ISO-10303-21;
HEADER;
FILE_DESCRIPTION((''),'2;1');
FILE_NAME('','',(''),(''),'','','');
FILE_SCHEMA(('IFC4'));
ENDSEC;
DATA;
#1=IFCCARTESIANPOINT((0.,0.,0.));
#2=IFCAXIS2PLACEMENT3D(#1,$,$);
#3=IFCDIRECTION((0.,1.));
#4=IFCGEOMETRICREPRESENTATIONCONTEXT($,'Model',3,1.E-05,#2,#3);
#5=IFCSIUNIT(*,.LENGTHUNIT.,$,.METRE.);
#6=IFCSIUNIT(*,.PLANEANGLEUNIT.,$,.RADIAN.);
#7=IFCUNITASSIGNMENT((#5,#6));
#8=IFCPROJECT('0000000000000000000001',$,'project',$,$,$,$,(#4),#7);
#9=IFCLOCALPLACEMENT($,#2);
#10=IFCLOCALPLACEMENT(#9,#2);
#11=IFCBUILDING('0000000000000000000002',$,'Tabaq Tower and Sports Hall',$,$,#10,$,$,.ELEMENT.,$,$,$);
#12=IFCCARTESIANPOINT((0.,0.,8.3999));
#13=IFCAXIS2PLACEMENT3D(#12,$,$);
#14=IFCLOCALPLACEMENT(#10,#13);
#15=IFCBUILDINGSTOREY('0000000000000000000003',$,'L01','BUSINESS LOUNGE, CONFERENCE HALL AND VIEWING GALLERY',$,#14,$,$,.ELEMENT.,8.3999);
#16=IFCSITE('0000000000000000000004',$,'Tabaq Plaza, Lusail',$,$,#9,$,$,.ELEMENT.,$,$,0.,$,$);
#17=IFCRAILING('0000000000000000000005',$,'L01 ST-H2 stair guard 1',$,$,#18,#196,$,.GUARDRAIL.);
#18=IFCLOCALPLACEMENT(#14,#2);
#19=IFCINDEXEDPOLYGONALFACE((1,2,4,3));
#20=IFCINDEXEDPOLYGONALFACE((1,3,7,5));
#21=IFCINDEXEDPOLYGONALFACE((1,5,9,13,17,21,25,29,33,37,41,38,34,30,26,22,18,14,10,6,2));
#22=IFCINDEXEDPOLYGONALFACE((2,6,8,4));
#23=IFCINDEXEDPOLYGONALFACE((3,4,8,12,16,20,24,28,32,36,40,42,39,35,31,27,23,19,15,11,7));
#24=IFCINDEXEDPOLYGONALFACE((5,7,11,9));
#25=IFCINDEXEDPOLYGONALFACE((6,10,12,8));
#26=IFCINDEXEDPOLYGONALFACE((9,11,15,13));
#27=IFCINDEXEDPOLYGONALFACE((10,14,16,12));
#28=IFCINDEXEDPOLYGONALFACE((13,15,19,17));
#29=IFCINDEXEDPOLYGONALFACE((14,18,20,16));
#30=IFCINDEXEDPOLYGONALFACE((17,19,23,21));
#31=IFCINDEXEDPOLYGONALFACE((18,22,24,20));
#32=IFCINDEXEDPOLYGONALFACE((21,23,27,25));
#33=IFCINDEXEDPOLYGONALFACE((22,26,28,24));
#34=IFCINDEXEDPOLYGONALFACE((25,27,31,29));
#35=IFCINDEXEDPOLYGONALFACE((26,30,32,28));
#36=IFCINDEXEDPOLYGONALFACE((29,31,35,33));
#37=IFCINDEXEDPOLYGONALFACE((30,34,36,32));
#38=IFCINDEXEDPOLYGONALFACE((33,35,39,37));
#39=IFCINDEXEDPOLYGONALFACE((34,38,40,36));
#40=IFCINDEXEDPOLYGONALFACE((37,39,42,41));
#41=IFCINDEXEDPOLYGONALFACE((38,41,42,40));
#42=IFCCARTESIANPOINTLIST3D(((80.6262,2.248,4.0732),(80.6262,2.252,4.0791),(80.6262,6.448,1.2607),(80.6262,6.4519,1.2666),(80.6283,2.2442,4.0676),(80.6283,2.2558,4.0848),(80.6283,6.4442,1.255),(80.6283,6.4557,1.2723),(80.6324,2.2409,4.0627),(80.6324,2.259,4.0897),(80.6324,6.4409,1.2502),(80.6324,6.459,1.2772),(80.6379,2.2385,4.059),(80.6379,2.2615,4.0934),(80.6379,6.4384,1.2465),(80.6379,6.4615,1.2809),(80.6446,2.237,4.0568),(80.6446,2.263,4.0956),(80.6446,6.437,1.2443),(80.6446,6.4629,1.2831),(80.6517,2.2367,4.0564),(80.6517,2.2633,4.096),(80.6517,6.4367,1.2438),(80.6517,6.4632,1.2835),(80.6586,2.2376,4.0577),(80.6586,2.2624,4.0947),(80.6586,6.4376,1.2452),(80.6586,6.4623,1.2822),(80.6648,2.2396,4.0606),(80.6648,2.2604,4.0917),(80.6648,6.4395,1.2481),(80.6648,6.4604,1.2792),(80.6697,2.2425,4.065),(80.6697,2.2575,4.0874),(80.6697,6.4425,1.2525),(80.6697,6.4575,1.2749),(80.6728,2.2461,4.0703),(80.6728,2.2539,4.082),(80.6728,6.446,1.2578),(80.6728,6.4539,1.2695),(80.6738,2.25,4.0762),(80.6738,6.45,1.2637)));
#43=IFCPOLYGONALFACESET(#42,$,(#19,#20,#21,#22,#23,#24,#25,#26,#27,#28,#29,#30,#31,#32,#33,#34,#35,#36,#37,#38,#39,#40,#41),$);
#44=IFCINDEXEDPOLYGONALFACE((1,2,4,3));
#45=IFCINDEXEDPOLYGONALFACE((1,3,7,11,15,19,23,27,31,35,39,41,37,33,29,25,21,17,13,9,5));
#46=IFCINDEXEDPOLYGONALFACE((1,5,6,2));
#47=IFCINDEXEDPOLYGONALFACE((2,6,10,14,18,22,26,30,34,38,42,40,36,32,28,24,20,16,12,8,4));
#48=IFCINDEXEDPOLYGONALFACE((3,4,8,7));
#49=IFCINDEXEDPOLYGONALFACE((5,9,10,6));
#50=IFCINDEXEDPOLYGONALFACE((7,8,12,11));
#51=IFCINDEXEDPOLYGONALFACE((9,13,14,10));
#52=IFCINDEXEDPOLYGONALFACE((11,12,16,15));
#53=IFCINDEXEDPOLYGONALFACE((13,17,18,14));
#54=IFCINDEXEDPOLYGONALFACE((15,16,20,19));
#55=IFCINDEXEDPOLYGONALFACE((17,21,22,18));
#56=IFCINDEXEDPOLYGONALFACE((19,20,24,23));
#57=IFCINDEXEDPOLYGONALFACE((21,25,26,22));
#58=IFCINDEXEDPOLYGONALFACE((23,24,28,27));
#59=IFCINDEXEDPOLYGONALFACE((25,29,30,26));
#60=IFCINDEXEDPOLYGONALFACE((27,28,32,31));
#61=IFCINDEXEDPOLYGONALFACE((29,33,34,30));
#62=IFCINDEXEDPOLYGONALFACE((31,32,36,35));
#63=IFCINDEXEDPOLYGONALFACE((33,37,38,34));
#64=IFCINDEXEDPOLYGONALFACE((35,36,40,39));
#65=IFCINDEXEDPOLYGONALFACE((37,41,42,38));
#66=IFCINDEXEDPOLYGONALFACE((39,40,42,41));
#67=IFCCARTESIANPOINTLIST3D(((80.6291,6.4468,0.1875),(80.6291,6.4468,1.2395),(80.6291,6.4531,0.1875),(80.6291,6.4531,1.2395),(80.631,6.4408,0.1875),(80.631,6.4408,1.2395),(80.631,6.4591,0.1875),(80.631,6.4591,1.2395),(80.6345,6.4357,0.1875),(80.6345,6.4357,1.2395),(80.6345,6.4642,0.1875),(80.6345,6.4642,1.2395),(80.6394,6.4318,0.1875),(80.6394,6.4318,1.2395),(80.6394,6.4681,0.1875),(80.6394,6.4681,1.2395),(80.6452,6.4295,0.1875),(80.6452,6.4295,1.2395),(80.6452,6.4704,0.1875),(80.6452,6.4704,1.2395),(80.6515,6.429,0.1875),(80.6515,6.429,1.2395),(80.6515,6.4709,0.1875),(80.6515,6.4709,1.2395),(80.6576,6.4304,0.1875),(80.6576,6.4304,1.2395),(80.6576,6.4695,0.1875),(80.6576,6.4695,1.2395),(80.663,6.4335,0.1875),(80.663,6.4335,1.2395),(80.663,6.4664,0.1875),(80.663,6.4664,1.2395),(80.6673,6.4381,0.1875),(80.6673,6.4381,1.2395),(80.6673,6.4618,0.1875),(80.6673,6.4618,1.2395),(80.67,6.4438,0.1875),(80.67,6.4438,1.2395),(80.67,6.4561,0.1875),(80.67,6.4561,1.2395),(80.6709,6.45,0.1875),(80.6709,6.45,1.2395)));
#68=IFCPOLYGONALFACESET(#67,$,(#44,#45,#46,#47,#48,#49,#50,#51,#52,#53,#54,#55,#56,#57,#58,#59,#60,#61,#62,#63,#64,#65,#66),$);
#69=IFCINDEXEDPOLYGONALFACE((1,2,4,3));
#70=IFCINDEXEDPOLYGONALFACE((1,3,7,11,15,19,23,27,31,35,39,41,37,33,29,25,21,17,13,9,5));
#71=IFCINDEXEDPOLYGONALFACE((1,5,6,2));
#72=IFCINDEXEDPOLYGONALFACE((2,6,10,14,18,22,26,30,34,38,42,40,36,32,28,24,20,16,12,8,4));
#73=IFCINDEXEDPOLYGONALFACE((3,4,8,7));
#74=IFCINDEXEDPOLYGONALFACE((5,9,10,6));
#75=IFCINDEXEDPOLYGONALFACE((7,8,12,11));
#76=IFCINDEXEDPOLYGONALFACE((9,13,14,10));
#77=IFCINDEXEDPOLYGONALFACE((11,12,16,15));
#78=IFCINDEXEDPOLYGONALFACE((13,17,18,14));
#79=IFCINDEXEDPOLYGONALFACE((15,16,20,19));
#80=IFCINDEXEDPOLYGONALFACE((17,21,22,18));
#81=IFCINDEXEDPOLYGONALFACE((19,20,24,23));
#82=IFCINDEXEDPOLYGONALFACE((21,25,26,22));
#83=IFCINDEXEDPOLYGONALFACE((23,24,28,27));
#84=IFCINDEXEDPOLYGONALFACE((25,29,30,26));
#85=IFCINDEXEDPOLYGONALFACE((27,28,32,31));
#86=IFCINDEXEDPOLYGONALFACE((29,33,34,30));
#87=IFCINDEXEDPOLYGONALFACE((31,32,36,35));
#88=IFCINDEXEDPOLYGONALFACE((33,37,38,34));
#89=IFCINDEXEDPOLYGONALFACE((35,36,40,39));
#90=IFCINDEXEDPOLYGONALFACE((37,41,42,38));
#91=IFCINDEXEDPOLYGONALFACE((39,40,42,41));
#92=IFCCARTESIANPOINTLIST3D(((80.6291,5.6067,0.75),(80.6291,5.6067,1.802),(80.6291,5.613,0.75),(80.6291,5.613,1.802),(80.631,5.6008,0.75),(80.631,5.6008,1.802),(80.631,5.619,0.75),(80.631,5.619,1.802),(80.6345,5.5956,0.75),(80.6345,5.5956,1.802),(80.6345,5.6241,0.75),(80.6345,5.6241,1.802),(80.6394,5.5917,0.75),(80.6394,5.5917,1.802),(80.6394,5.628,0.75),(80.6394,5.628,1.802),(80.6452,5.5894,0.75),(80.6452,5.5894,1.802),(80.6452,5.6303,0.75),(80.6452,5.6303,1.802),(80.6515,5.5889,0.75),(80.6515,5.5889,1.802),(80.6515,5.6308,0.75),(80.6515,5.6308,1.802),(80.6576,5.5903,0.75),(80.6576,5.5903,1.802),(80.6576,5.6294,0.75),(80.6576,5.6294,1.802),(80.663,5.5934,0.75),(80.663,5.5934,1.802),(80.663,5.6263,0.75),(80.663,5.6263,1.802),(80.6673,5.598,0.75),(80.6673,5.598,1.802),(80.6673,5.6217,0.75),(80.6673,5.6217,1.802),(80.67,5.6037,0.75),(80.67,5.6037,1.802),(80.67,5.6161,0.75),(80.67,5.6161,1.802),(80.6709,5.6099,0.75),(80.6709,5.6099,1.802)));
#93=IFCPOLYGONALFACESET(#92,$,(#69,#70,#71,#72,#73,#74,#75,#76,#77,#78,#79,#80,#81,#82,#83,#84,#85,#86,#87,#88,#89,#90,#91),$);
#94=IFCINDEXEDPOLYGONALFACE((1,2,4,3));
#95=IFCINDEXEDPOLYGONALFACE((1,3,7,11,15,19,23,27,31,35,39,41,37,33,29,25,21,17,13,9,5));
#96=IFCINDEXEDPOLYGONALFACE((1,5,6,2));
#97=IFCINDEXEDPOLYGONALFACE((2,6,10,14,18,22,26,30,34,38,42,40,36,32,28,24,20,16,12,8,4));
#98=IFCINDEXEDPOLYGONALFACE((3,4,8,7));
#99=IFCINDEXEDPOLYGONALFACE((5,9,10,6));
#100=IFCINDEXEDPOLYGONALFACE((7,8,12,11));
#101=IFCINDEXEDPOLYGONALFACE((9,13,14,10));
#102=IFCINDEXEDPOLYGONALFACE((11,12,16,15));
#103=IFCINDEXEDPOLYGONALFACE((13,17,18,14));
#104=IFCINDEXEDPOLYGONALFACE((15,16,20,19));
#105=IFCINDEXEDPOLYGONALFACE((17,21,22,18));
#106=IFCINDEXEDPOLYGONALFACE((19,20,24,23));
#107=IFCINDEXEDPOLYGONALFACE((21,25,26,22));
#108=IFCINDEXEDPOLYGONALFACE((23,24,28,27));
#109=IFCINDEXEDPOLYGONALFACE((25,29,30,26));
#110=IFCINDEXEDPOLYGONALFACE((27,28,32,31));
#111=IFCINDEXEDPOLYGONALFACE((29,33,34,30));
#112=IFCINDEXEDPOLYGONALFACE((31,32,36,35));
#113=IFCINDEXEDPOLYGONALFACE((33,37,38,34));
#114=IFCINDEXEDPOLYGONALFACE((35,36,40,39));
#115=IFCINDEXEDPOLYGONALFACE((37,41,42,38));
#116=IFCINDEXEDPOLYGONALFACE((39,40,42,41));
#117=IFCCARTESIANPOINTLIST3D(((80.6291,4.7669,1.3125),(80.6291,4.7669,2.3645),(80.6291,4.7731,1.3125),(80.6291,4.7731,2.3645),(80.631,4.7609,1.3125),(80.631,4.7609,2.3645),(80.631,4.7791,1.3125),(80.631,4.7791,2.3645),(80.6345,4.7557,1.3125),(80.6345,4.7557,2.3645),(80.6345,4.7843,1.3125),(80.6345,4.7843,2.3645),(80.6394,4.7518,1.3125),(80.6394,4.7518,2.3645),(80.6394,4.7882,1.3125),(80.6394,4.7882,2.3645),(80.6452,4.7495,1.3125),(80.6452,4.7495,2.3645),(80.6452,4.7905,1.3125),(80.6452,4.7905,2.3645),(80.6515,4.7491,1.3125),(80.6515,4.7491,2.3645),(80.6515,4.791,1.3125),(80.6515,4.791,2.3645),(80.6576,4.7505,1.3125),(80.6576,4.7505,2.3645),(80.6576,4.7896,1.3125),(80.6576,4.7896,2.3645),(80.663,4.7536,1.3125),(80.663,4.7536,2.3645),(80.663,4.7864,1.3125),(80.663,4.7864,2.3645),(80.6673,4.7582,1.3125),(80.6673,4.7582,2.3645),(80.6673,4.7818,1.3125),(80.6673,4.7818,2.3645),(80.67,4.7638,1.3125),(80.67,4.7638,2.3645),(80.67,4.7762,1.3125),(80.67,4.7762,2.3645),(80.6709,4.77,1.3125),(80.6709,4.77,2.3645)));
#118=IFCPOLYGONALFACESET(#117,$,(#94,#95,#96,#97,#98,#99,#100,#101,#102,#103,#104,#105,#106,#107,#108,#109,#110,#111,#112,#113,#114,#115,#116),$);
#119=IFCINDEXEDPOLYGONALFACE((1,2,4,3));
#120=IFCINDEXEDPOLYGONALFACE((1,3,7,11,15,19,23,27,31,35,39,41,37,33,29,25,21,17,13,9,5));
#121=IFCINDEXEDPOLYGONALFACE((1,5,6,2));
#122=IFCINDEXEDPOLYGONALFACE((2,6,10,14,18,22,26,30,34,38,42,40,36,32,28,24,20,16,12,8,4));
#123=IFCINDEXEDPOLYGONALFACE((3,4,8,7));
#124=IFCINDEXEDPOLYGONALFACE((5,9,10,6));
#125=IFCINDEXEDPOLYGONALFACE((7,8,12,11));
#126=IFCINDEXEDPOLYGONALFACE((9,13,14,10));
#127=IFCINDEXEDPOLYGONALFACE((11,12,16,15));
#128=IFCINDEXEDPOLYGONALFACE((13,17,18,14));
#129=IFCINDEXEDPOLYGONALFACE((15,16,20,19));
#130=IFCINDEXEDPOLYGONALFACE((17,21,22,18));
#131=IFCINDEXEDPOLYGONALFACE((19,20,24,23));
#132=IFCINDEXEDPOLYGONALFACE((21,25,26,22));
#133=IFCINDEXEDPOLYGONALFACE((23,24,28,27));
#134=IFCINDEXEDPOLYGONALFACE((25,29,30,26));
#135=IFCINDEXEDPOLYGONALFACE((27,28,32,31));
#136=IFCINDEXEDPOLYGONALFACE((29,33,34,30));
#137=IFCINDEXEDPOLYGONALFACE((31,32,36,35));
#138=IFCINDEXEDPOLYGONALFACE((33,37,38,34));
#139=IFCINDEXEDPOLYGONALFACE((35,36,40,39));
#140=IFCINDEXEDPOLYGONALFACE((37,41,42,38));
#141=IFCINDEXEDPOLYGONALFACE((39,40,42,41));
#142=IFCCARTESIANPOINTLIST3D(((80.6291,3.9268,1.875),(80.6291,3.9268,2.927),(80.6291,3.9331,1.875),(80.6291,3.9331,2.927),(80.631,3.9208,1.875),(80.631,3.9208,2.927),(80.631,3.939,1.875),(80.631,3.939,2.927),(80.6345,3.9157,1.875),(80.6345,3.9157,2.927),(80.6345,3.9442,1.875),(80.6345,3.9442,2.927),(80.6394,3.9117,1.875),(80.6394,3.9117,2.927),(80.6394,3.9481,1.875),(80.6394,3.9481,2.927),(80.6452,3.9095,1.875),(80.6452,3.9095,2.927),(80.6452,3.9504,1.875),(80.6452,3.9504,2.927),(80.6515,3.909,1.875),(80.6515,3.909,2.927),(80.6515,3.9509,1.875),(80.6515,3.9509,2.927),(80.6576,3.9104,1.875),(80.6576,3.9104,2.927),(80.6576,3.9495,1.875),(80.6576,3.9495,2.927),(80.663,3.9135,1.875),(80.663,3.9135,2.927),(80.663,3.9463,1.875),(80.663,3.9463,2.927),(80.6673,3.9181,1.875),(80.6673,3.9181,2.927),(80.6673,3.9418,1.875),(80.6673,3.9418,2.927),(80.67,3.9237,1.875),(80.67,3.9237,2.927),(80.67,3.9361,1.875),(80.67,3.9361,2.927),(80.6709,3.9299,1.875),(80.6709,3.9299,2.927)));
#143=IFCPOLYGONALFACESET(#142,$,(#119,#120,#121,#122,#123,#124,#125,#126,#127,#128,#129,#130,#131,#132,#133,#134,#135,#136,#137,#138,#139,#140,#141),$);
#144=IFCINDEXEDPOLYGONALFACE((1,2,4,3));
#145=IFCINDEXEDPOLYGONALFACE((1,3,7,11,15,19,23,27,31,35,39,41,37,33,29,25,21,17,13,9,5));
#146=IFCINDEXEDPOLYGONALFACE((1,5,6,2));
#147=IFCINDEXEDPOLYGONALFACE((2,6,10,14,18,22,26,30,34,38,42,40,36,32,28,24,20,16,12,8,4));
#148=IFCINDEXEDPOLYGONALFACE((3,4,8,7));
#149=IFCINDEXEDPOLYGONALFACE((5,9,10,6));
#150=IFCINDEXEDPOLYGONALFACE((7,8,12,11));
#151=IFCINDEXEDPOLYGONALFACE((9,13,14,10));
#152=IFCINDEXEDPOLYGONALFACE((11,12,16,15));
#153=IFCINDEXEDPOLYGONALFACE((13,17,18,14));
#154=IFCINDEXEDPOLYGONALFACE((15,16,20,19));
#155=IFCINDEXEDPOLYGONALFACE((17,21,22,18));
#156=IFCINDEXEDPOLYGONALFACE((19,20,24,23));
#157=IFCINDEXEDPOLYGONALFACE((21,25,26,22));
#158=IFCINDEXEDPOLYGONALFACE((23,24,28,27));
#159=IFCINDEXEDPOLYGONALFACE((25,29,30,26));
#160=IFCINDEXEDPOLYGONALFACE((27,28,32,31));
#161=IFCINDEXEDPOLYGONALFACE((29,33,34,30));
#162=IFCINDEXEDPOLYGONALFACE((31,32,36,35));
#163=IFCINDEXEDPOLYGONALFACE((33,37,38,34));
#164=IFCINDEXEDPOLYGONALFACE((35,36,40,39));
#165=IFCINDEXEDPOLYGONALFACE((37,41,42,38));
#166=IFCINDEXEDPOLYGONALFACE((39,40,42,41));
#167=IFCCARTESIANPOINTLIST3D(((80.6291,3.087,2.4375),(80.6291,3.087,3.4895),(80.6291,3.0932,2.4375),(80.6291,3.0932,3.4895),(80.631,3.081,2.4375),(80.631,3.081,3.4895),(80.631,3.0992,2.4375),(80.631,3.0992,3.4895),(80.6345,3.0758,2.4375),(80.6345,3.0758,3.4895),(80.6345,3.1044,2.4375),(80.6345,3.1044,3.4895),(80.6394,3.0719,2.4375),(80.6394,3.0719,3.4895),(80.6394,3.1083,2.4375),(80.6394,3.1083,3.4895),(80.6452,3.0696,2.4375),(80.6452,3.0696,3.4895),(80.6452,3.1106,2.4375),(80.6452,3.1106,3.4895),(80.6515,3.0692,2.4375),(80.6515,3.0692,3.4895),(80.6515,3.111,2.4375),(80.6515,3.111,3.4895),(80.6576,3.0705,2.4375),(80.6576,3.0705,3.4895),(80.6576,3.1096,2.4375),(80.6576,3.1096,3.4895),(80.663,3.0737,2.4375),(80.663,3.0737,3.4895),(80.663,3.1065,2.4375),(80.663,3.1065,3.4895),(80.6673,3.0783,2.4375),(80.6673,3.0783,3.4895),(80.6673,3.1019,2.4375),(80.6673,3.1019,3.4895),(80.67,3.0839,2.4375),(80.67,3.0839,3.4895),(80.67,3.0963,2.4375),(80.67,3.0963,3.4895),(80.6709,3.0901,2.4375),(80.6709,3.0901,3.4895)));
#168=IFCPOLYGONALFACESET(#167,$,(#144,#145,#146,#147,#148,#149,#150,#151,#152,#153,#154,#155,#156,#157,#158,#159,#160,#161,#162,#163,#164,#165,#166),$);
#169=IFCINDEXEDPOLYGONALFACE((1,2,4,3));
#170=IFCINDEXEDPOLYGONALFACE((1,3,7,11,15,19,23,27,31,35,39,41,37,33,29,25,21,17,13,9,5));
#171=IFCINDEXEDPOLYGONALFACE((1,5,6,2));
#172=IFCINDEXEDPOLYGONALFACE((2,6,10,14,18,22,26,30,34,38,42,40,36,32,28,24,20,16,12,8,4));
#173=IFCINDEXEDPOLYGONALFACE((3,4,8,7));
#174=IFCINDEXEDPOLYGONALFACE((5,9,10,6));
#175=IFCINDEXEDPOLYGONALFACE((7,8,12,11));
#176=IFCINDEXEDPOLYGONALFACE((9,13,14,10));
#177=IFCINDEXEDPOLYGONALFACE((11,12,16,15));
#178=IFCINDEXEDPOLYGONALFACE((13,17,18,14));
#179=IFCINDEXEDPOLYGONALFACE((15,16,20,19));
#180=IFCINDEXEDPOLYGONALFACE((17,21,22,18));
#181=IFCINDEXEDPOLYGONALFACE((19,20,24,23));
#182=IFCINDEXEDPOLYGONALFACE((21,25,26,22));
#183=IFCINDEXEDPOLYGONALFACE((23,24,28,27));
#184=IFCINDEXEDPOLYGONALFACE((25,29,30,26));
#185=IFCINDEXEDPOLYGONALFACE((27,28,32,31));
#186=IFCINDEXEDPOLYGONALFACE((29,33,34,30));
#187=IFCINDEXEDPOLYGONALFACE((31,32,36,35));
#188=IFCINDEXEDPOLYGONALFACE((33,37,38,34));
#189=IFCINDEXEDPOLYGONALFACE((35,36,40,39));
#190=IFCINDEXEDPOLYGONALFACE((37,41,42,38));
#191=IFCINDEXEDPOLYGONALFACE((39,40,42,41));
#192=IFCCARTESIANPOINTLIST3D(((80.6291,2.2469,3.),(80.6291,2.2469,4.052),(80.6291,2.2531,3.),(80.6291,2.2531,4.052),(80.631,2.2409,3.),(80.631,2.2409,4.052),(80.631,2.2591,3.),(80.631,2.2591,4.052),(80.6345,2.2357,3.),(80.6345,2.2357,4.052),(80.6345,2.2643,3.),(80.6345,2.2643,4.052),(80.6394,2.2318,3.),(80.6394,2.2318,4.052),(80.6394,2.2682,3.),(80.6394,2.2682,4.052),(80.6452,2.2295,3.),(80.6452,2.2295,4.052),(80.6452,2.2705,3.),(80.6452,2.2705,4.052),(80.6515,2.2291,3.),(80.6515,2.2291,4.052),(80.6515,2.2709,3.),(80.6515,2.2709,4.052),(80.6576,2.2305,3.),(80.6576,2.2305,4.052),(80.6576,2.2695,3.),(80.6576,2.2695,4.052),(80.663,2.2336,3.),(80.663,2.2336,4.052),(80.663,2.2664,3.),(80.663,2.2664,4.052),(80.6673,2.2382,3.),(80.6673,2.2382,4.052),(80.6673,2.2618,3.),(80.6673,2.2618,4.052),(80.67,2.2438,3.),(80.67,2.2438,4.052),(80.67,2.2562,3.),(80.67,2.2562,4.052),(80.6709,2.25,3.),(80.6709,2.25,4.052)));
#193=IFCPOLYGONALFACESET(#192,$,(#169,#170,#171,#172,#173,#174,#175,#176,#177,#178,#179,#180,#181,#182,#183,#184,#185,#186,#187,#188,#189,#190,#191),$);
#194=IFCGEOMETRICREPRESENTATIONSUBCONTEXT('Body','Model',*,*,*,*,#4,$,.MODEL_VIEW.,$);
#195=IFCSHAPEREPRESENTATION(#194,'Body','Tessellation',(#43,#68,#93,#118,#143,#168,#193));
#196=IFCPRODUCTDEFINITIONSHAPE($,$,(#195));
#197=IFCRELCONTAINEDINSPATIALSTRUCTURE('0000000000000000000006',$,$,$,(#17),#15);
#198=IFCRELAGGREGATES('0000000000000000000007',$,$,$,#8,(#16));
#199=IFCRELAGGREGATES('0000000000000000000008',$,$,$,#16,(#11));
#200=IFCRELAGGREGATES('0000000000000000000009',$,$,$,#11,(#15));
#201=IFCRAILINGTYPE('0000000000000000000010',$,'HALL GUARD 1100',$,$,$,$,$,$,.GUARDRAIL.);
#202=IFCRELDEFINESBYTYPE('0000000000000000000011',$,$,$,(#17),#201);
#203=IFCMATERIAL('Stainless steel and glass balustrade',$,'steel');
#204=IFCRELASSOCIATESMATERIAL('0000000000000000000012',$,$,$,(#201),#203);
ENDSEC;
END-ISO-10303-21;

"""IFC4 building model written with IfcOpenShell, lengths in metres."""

from ifc_helpers import new_model, si_unit, direction, frame, origin, origin_2d, place, context, subcontext, project, spatial, circle, extrude, material, type_object, element, save


model = new_model("IFC4")

# Units and contexts
model_context = context("Model", 3, precision=1e-05, world=origin(), true_north=direction((0.0, 1.0)))
body_context = subcontext(model_context, "Body", "Model", "MODEL_VIEW")
ifc_project = project(units=[si_unit("LENGTHUNIT", "METRE"), si_unit("PLANEANGLEUNIT", "RADIAN")], contexts=[model_context])

# Site, building, storey
site_placement = place(None, origin())
site = spatial("IfcSite", under=ifc_project, at=site_placement, Name="Tabaq Plaza, Lusail", CompositionType="ELEMENT", RefElevation=0.0)
building_placement = place(site_placement, origin())
building = spatial("IfcBuilding", under=site, at=building_placement, Name="Tabaq Tower and Sports Hall", CompositionType="ELEMENT")
storey_placement = place(building_placement, frame((0.0, 0.0, 8.3999)))
storey = spatial("IfcBuildingStorey", under=building, at=storey_placement, Name="L01", Description="BUSINESS LOUNGE, CONFERENCE HALL AND VIEWING GALLERY", CompositionType="ELEMENT", Elevation=8.3999)

# Railing
ifc_material_1 = material(Name="Stainless steel and glass balustrade", Category="steel")
railing_type_1 = type_object("IfcRailingType", Name="HALL GUARD 1100", PredefinedType="GUARDRAIL", material=ifc_material_1)
railing_1_placement = place(storey_placement, frame((80.6499, 6.45, 0.1875)))
element("IfcRailing", 1, at=railing_1_placement, inside=storey, type_object=railing_type_1, Name="L01 ST-H2 stair guard 1", PredefinedType="GUARDRAIL", context=body_context, shape_type="SweptSolid", body=[
    extrude(circle(Radius=0.0239, at=origin_2d()), frame((0.0, 0.0, 1.0762), z_axis=(0.0, -0.830904, 0.556416), x_axis=(1.0, 0.0, 0.0)), (0.0, 0.0, 1.0), 5.0547),
    extrude(circle(Radius=0.021, at=origin_2d()), origin(), (0.0, 0.0, 1.0), 1.052),
    extrude(circle(Radius=0.021, at=origin_2d()), frame((0.0, -0.8401, 0.5625)), (0.0, 0.0, 1.0), 1.052),
    extrude(circle(Radius=0.021, at=origin_2d()), frame((0.0, -1.6799, 1.125)), (0.0, 0.0, 1.0), 1.052),
    extrude(circle(Radius=0.021, at=origin_2d()), frame((0.0, -2.52, 1.6875)), (0.0, 0.0, 1.0), 1.052),
    extrude(circle(Radius=0.021, at=origin_2d()), frame((0.0, -3.3599, 2.25)), (0.0, 0.0, 1.0), 1.052),
    extrude(circle(Radius=0.021, at=origin_2d()), frame((0.0, -4.2, 2.8125)), (0.0, 0.0, 1.0), 1.052),
])

save(model, "model.ifc")
